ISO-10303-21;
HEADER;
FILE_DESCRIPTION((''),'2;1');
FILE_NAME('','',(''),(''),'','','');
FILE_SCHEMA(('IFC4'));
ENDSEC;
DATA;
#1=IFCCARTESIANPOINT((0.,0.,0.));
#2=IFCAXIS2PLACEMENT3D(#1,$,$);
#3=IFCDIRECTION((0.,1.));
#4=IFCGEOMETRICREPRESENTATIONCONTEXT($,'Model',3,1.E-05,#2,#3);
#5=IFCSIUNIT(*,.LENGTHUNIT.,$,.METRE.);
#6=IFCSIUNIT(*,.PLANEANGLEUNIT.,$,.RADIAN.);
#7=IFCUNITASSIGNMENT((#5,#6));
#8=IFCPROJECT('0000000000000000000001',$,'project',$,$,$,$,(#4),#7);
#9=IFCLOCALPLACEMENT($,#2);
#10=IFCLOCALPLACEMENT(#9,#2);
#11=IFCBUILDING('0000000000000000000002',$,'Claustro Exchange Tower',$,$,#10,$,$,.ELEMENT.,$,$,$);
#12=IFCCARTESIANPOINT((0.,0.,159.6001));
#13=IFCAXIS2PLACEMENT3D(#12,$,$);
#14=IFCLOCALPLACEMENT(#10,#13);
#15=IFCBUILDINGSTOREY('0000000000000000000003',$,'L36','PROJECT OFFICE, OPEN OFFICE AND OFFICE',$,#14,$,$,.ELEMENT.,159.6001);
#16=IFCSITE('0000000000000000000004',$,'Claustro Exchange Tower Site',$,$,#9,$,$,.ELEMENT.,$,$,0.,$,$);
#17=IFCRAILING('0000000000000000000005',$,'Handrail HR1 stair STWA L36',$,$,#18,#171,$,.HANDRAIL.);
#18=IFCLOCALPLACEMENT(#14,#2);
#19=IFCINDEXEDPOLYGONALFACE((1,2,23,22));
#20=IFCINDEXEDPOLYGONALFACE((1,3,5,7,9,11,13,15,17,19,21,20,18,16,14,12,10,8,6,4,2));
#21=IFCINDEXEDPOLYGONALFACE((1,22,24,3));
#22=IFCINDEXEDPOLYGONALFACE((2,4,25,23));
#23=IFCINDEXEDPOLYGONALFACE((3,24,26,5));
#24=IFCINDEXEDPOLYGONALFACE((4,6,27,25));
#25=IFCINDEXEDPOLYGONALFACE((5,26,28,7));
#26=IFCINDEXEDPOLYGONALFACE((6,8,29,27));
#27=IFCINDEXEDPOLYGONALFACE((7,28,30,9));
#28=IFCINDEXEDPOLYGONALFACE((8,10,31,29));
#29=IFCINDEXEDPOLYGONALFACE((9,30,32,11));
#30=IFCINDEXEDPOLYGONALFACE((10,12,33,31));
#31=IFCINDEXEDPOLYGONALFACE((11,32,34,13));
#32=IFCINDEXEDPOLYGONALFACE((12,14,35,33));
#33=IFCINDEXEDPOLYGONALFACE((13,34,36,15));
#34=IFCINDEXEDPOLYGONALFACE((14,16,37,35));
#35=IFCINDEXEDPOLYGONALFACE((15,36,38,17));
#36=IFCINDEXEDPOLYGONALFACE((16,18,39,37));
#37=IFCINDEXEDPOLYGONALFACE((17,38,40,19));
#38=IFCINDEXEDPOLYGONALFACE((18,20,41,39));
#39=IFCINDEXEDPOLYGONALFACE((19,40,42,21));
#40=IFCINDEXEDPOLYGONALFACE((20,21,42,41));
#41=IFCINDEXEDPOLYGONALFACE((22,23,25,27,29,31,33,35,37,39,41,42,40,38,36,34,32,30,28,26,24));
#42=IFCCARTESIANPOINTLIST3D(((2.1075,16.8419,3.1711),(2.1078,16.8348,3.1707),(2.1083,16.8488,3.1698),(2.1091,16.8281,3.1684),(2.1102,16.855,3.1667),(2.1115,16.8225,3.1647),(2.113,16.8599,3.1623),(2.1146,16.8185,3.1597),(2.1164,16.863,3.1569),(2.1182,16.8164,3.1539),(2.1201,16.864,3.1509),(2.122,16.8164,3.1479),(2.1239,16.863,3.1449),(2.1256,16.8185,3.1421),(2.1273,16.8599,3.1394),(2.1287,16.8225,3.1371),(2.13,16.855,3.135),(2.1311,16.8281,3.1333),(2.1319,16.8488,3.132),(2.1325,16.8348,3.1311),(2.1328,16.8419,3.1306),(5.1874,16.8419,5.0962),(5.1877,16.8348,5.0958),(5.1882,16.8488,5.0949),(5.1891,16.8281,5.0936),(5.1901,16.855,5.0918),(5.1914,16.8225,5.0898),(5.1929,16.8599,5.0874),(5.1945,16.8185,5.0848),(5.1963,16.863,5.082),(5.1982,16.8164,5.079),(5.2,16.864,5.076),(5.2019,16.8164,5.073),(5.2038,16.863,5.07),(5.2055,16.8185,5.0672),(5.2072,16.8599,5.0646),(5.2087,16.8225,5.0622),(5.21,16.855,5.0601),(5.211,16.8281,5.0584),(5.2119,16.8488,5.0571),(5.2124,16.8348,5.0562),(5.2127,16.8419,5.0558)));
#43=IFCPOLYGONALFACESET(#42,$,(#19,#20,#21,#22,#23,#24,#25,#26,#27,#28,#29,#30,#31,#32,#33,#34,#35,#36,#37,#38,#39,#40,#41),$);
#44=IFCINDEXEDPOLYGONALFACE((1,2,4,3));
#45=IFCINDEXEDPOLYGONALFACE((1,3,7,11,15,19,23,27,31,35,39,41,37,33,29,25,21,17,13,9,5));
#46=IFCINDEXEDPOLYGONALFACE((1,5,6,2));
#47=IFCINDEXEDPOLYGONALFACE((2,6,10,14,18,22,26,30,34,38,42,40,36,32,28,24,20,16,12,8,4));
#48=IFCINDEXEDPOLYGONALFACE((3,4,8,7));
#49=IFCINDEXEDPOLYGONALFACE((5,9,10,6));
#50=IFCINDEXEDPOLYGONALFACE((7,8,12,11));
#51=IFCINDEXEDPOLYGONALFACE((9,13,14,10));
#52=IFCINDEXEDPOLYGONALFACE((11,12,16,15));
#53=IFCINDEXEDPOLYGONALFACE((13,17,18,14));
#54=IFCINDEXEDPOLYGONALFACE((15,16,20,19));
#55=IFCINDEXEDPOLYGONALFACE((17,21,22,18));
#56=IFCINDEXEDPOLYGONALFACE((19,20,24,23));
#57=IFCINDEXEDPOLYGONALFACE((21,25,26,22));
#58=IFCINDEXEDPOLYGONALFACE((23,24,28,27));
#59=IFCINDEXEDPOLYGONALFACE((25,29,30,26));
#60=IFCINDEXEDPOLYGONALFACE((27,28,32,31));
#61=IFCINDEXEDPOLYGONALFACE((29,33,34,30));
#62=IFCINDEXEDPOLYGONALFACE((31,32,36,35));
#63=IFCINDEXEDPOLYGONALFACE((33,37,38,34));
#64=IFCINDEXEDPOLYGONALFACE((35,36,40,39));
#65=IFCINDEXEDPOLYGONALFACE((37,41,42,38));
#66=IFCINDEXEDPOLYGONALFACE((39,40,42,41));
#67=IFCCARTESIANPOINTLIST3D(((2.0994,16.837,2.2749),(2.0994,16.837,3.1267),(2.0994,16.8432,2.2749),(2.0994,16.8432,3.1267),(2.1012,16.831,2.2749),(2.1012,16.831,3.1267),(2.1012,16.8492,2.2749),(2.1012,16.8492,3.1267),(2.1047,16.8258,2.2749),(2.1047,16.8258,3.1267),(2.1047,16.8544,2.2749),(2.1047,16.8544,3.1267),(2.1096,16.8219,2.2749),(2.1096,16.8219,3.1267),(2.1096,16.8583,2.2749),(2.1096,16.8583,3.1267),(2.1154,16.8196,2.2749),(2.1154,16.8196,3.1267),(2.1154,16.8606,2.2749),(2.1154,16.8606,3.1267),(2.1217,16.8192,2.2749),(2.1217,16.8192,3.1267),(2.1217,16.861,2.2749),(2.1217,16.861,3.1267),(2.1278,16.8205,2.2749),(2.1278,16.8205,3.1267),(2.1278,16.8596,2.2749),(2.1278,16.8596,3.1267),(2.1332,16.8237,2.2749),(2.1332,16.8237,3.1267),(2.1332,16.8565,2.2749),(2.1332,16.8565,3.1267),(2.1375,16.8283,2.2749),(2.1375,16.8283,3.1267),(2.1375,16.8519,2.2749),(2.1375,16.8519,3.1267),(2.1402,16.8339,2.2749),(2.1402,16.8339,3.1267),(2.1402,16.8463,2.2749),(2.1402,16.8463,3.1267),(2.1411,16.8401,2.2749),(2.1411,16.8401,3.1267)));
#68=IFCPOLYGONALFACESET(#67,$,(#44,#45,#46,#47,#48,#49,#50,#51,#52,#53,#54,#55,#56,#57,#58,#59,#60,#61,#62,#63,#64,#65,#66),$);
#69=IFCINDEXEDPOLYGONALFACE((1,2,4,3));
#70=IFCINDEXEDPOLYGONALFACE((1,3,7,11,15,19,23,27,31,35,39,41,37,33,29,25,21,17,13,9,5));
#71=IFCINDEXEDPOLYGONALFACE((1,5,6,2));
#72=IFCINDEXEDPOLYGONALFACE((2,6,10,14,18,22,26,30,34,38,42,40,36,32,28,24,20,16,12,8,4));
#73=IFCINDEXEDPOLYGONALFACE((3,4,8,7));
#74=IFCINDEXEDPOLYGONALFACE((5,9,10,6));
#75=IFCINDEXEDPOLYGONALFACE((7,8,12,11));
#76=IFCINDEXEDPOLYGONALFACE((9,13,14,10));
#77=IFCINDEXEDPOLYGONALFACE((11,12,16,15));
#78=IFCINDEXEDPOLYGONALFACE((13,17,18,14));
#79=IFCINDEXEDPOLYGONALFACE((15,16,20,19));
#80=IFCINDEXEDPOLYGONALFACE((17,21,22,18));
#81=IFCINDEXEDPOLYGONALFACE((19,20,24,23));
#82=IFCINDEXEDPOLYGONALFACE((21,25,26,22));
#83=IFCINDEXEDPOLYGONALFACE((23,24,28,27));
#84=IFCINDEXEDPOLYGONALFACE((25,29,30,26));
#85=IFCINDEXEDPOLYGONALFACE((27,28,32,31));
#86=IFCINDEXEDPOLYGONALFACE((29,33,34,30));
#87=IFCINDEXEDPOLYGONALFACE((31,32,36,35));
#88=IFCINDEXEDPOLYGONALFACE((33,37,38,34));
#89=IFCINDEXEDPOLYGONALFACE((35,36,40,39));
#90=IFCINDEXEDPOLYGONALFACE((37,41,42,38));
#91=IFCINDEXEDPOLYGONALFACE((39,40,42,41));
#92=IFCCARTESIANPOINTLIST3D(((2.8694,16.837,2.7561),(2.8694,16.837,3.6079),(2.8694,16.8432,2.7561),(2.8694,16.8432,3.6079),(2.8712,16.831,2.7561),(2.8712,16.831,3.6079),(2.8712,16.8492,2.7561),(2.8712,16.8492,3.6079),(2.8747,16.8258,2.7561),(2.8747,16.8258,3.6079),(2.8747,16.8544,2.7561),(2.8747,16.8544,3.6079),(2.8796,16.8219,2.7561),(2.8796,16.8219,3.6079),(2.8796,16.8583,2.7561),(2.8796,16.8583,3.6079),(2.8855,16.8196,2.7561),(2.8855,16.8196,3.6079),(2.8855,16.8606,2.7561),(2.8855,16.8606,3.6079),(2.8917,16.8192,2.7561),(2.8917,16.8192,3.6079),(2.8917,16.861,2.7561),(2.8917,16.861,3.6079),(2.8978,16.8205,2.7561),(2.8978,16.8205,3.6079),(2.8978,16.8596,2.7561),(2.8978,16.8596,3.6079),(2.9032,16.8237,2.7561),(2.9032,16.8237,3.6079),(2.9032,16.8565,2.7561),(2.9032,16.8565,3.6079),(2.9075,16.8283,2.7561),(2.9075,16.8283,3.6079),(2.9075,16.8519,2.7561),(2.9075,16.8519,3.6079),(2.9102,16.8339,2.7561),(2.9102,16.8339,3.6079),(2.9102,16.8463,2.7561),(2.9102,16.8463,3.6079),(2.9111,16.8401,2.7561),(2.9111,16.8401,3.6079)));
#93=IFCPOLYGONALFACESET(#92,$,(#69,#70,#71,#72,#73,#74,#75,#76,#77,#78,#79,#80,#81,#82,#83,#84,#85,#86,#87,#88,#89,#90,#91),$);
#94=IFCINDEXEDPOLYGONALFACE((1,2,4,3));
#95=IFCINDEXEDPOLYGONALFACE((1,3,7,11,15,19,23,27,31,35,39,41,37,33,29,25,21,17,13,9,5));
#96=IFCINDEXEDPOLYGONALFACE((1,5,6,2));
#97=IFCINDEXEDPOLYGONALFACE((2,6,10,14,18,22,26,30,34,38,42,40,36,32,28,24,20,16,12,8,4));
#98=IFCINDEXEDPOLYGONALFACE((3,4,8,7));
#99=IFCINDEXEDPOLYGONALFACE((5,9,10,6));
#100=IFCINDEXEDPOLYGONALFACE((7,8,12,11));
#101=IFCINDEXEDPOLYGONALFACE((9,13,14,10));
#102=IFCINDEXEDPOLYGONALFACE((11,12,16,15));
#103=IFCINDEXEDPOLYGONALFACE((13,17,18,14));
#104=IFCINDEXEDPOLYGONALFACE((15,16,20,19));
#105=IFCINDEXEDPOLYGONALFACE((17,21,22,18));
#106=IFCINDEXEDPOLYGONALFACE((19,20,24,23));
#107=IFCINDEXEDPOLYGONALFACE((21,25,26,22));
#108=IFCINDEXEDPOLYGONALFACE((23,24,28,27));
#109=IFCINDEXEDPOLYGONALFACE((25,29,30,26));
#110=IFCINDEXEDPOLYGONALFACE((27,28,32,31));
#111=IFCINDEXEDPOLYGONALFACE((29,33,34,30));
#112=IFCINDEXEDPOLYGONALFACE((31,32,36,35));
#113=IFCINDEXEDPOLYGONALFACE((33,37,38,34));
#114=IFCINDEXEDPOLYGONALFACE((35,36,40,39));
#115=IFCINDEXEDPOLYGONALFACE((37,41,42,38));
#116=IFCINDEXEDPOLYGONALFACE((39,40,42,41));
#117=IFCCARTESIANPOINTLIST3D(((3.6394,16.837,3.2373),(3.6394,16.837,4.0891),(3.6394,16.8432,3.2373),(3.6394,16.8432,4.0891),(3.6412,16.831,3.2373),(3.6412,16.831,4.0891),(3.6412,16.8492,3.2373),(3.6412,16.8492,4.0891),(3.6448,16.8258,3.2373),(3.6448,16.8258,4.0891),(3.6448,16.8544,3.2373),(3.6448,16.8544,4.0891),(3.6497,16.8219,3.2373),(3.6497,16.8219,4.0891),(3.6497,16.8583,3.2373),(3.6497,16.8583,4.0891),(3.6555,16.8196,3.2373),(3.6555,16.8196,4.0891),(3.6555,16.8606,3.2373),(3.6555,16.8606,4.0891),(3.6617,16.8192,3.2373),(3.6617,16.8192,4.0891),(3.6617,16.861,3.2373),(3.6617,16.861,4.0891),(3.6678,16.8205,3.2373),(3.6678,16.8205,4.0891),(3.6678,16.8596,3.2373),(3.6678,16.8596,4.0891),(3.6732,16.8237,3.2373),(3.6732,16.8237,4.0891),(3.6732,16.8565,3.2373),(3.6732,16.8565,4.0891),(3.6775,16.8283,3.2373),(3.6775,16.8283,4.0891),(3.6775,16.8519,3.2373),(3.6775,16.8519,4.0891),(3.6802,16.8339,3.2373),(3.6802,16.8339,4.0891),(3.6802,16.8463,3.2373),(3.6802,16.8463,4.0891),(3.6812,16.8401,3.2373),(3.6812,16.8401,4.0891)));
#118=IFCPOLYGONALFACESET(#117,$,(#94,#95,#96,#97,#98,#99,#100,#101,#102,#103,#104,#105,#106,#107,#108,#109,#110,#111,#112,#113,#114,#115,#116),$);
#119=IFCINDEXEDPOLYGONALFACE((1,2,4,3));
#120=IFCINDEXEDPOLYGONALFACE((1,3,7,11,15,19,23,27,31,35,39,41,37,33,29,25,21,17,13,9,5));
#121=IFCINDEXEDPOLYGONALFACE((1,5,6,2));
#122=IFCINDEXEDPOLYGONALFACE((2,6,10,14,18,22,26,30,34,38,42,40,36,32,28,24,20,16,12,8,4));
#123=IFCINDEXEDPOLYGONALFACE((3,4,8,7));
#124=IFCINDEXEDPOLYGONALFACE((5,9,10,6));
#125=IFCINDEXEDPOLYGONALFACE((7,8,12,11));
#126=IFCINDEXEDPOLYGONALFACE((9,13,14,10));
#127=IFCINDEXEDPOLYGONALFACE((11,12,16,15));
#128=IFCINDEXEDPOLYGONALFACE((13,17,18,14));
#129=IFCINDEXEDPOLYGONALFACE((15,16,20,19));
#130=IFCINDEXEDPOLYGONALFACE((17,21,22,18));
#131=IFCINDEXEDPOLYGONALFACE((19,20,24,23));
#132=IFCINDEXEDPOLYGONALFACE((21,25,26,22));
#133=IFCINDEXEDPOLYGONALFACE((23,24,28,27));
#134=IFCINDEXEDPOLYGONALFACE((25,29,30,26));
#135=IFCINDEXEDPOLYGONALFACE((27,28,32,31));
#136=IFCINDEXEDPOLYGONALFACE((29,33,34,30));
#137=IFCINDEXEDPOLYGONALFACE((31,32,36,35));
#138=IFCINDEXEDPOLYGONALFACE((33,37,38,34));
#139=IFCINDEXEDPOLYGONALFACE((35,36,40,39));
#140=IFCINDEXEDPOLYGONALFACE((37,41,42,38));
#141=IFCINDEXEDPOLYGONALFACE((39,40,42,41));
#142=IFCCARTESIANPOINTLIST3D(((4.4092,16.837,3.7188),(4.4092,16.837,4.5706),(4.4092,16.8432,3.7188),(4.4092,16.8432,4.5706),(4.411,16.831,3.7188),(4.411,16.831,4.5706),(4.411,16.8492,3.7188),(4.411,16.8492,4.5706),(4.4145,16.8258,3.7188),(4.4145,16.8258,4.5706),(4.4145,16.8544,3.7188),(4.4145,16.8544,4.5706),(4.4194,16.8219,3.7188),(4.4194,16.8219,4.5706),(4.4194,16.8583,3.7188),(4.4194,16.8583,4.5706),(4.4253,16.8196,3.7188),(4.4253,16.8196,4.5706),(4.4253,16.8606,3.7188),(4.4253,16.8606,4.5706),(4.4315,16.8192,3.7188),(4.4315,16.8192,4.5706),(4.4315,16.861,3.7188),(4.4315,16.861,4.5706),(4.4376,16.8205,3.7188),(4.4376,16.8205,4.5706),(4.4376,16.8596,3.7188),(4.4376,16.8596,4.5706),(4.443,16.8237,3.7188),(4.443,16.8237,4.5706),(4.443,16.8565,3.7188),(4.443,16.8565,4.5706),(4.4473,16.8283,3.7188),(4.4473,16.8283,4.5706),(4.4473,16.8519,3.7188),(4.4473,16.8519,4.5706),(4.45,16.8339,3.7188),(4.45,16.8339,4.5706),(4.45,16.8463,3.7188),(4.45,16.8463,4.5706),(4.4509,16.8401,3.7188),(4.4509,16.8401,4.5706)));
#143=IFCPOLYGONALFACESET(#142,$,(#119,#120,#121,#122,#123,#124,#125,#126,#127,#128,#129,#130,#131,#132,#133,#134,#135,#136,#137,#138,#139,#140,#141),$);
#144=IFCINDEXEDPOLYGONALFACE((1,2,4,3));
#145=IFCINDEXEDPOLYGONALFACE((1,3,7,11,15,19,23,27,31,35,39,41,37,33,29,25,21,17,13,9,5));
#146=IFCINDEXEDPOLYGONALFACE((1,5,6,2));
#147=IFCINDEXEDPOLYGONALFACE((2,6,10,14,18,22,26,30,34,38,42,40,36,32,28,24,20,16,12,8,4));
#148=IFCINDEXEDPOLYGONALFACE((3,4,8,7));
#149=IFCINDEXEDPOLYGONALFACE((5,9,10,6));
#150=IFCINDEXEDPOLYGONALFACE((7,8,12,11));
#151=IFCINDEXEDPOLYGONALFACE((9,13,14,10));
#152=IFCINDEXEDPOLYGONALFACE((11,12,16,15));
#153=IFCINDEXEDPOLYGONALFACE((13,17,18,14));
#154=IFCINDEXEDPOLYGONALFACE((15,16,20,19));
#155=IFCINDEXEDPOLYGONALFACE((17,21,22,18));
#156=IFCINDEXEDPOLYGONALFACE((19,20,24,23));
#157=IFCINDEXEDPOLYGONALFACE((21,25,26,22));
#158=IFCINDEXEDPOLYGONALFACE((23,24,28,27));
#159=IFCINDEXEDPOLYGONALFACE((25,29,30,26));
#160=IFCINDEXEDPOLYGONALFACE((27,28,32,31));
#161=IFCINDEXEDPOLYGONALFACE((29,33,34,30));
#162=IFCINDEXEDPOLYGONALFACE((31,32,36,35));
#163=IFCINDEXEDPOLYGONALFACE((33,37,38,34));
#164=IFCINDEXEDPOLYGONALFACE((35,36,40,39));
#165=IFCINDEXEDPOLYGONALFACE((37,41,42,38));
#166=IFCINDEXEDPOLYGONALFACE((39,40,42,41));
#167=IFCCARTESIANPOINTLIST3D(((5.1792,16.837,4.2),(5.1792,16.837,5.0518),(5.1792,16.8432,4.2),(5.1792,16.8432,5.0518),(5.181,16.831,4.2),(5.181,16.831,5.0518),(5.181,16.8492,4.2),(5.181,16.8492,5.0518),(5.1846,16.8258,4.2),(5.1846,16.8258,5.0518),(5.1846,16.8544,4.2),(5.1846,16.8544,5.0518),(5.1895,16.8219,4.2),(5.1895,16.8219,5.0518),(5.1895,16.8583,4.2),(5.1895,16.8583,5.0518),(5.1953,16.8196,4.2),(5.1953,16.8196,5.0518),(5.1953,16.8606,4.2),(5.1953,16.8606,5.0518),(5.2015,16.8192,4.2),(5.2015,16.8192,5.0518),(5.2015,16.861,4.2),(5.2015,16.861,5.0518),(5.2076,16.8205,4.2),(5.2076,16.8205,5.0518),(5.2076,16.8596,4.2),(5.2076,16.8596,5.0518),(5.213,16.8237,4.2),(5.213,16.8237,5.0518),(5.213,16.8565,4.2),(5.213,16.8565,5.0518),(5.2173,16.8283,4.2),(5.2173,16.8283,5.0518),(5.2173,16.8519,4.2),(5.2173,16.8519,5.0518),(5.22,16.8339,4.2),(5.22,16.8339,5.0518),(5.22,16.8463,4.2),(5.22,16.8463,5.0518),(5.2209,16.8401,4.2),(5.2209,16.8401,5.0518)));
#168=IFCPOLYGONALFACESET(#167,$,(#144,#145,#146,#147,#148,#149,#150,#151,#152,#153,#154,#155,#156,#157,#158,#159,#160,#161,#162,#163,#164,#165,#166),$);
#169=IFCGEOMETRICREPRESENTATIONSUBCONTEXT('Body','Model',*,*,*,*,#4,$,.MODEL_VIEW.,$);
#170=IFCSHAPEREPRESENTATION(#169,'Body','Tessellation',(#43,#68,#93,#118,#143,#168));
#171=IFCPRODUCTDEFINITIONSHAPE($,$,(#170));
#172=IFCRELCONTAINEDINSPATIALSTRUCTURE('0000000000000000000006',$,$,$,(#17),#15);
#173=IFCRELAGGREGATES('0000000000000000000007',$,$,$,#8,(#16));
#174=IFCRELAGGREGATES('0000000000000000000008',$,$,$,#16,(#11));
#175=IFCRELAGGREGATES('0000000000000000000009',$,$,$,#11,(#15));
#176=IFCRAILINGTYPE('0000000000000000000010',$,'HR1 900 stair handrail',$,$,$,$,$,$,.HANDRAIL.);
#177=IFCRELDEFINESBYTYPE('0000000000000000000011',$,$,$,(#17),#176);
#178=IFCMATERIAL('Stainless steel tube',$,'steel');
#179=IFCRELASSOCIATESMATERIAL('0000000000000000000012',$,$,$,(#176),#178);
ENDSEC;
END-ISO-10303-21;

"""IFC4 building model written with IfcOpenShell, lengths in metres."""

from ifc_helpers import new_model, si_unit, direction, frame, origin, origin_2d, place, context, subcontext, project, spatial, circle, extrude, material, type_object, element, save


model = new_model("IFC4")

# Units and contexts
model_context = context("Model", 3, precision=1e-05, world=origin(), true_north=direction((0.0, 1.0)))
body_context = subcontext(model_context, "Body", "Model", "MODEL_VIEW")
ifc_project = project(units=[si_unit("LENGTHUNIT", "METRE"), si_unit("PLANEANGLEUNIT", "RADIAN")], contexts=[model_context])

# Site, building, storey
site_placement = place(None, origin())
site = spatial("IfcSite", under=ifc_project, at=site_placement, Name="Claustro Exchange Tower Site", CompositionType="ELEMENT", RefElevation=0.0)
building_placement = place(site_placement, origin())
building = spatial("IfcBuilding", under=site, at=building_placement, Name="Claustro Exchange Tower", CompositionType="ELEMENT")
storey_placement = place(building_placement, frame((0.0, 0.0, 159.6001)))
storey = spatial("IfcBuildingStorey", under=building, at=storey_placement, Name="L36", Description="PROJECT OFFICE, OPEN OFFICE AND OFFICE", CompositionType="ELEMENT", Elevation=159.6001)

# Railing
ifc_material_1 = material(Name="Stainless steel tube", Category="steel")
railing_type_1 = type_object("IfcRailingType", Name="HR1 900 stair handrail", PredefinedType="HANDRAIL", material=ifc_material_1)
railing_1_placement = place(storey_placement, frame((2.1201, 16.8401, 2.2749)))
element("IfcRailing", 1, at=railing_1_placement, inside=storey, type_object=railing_type_1, Name="Handrail HR1 stair STWA L36", PredefinedType="HANDRAIL", context=body_context, shape_type="SweptSolid", body=[
    extrude(circle(Radius=0.0239, at=origin_2d()), frame((0.0, 0.0, 0.876), z_axis=(0.847979, 0.0, 0.530029), x_axis=(0.0, 1.0, 0.0)), (0.0, 0.0, 1.0), 3.6321),
    extrude(circle(Radius=0.021, at=origin_2d()), origin(), (0.0, 0.0, 1.0), 0.8518),
    extrude(circle(Radius=0.021, at=origin_2d()), frame((0.77, 0.0, 0.4812)), (0.0, 0.0, 1.0), 0.8518),
    extrude(circle(Radius=0.021, at=origin_2d()), frame((1.54, 0.0, 0.9624)), (0.0, 0.0, 1.0), 0.8518),
    extrude(circle(Radius=0.021, at=origin_2d()), frame((2.3098, 0.0, 1.4438)), (0.0, 0.0, 1.0), 0.8518),
    extrude(circle(Radius=0.021, at=origin_2d()), frame((3.0798, 0.0, 1.925)), (0.0, 0.0, 1.0), 0.8518),
])

save(model, "model.ifc")
